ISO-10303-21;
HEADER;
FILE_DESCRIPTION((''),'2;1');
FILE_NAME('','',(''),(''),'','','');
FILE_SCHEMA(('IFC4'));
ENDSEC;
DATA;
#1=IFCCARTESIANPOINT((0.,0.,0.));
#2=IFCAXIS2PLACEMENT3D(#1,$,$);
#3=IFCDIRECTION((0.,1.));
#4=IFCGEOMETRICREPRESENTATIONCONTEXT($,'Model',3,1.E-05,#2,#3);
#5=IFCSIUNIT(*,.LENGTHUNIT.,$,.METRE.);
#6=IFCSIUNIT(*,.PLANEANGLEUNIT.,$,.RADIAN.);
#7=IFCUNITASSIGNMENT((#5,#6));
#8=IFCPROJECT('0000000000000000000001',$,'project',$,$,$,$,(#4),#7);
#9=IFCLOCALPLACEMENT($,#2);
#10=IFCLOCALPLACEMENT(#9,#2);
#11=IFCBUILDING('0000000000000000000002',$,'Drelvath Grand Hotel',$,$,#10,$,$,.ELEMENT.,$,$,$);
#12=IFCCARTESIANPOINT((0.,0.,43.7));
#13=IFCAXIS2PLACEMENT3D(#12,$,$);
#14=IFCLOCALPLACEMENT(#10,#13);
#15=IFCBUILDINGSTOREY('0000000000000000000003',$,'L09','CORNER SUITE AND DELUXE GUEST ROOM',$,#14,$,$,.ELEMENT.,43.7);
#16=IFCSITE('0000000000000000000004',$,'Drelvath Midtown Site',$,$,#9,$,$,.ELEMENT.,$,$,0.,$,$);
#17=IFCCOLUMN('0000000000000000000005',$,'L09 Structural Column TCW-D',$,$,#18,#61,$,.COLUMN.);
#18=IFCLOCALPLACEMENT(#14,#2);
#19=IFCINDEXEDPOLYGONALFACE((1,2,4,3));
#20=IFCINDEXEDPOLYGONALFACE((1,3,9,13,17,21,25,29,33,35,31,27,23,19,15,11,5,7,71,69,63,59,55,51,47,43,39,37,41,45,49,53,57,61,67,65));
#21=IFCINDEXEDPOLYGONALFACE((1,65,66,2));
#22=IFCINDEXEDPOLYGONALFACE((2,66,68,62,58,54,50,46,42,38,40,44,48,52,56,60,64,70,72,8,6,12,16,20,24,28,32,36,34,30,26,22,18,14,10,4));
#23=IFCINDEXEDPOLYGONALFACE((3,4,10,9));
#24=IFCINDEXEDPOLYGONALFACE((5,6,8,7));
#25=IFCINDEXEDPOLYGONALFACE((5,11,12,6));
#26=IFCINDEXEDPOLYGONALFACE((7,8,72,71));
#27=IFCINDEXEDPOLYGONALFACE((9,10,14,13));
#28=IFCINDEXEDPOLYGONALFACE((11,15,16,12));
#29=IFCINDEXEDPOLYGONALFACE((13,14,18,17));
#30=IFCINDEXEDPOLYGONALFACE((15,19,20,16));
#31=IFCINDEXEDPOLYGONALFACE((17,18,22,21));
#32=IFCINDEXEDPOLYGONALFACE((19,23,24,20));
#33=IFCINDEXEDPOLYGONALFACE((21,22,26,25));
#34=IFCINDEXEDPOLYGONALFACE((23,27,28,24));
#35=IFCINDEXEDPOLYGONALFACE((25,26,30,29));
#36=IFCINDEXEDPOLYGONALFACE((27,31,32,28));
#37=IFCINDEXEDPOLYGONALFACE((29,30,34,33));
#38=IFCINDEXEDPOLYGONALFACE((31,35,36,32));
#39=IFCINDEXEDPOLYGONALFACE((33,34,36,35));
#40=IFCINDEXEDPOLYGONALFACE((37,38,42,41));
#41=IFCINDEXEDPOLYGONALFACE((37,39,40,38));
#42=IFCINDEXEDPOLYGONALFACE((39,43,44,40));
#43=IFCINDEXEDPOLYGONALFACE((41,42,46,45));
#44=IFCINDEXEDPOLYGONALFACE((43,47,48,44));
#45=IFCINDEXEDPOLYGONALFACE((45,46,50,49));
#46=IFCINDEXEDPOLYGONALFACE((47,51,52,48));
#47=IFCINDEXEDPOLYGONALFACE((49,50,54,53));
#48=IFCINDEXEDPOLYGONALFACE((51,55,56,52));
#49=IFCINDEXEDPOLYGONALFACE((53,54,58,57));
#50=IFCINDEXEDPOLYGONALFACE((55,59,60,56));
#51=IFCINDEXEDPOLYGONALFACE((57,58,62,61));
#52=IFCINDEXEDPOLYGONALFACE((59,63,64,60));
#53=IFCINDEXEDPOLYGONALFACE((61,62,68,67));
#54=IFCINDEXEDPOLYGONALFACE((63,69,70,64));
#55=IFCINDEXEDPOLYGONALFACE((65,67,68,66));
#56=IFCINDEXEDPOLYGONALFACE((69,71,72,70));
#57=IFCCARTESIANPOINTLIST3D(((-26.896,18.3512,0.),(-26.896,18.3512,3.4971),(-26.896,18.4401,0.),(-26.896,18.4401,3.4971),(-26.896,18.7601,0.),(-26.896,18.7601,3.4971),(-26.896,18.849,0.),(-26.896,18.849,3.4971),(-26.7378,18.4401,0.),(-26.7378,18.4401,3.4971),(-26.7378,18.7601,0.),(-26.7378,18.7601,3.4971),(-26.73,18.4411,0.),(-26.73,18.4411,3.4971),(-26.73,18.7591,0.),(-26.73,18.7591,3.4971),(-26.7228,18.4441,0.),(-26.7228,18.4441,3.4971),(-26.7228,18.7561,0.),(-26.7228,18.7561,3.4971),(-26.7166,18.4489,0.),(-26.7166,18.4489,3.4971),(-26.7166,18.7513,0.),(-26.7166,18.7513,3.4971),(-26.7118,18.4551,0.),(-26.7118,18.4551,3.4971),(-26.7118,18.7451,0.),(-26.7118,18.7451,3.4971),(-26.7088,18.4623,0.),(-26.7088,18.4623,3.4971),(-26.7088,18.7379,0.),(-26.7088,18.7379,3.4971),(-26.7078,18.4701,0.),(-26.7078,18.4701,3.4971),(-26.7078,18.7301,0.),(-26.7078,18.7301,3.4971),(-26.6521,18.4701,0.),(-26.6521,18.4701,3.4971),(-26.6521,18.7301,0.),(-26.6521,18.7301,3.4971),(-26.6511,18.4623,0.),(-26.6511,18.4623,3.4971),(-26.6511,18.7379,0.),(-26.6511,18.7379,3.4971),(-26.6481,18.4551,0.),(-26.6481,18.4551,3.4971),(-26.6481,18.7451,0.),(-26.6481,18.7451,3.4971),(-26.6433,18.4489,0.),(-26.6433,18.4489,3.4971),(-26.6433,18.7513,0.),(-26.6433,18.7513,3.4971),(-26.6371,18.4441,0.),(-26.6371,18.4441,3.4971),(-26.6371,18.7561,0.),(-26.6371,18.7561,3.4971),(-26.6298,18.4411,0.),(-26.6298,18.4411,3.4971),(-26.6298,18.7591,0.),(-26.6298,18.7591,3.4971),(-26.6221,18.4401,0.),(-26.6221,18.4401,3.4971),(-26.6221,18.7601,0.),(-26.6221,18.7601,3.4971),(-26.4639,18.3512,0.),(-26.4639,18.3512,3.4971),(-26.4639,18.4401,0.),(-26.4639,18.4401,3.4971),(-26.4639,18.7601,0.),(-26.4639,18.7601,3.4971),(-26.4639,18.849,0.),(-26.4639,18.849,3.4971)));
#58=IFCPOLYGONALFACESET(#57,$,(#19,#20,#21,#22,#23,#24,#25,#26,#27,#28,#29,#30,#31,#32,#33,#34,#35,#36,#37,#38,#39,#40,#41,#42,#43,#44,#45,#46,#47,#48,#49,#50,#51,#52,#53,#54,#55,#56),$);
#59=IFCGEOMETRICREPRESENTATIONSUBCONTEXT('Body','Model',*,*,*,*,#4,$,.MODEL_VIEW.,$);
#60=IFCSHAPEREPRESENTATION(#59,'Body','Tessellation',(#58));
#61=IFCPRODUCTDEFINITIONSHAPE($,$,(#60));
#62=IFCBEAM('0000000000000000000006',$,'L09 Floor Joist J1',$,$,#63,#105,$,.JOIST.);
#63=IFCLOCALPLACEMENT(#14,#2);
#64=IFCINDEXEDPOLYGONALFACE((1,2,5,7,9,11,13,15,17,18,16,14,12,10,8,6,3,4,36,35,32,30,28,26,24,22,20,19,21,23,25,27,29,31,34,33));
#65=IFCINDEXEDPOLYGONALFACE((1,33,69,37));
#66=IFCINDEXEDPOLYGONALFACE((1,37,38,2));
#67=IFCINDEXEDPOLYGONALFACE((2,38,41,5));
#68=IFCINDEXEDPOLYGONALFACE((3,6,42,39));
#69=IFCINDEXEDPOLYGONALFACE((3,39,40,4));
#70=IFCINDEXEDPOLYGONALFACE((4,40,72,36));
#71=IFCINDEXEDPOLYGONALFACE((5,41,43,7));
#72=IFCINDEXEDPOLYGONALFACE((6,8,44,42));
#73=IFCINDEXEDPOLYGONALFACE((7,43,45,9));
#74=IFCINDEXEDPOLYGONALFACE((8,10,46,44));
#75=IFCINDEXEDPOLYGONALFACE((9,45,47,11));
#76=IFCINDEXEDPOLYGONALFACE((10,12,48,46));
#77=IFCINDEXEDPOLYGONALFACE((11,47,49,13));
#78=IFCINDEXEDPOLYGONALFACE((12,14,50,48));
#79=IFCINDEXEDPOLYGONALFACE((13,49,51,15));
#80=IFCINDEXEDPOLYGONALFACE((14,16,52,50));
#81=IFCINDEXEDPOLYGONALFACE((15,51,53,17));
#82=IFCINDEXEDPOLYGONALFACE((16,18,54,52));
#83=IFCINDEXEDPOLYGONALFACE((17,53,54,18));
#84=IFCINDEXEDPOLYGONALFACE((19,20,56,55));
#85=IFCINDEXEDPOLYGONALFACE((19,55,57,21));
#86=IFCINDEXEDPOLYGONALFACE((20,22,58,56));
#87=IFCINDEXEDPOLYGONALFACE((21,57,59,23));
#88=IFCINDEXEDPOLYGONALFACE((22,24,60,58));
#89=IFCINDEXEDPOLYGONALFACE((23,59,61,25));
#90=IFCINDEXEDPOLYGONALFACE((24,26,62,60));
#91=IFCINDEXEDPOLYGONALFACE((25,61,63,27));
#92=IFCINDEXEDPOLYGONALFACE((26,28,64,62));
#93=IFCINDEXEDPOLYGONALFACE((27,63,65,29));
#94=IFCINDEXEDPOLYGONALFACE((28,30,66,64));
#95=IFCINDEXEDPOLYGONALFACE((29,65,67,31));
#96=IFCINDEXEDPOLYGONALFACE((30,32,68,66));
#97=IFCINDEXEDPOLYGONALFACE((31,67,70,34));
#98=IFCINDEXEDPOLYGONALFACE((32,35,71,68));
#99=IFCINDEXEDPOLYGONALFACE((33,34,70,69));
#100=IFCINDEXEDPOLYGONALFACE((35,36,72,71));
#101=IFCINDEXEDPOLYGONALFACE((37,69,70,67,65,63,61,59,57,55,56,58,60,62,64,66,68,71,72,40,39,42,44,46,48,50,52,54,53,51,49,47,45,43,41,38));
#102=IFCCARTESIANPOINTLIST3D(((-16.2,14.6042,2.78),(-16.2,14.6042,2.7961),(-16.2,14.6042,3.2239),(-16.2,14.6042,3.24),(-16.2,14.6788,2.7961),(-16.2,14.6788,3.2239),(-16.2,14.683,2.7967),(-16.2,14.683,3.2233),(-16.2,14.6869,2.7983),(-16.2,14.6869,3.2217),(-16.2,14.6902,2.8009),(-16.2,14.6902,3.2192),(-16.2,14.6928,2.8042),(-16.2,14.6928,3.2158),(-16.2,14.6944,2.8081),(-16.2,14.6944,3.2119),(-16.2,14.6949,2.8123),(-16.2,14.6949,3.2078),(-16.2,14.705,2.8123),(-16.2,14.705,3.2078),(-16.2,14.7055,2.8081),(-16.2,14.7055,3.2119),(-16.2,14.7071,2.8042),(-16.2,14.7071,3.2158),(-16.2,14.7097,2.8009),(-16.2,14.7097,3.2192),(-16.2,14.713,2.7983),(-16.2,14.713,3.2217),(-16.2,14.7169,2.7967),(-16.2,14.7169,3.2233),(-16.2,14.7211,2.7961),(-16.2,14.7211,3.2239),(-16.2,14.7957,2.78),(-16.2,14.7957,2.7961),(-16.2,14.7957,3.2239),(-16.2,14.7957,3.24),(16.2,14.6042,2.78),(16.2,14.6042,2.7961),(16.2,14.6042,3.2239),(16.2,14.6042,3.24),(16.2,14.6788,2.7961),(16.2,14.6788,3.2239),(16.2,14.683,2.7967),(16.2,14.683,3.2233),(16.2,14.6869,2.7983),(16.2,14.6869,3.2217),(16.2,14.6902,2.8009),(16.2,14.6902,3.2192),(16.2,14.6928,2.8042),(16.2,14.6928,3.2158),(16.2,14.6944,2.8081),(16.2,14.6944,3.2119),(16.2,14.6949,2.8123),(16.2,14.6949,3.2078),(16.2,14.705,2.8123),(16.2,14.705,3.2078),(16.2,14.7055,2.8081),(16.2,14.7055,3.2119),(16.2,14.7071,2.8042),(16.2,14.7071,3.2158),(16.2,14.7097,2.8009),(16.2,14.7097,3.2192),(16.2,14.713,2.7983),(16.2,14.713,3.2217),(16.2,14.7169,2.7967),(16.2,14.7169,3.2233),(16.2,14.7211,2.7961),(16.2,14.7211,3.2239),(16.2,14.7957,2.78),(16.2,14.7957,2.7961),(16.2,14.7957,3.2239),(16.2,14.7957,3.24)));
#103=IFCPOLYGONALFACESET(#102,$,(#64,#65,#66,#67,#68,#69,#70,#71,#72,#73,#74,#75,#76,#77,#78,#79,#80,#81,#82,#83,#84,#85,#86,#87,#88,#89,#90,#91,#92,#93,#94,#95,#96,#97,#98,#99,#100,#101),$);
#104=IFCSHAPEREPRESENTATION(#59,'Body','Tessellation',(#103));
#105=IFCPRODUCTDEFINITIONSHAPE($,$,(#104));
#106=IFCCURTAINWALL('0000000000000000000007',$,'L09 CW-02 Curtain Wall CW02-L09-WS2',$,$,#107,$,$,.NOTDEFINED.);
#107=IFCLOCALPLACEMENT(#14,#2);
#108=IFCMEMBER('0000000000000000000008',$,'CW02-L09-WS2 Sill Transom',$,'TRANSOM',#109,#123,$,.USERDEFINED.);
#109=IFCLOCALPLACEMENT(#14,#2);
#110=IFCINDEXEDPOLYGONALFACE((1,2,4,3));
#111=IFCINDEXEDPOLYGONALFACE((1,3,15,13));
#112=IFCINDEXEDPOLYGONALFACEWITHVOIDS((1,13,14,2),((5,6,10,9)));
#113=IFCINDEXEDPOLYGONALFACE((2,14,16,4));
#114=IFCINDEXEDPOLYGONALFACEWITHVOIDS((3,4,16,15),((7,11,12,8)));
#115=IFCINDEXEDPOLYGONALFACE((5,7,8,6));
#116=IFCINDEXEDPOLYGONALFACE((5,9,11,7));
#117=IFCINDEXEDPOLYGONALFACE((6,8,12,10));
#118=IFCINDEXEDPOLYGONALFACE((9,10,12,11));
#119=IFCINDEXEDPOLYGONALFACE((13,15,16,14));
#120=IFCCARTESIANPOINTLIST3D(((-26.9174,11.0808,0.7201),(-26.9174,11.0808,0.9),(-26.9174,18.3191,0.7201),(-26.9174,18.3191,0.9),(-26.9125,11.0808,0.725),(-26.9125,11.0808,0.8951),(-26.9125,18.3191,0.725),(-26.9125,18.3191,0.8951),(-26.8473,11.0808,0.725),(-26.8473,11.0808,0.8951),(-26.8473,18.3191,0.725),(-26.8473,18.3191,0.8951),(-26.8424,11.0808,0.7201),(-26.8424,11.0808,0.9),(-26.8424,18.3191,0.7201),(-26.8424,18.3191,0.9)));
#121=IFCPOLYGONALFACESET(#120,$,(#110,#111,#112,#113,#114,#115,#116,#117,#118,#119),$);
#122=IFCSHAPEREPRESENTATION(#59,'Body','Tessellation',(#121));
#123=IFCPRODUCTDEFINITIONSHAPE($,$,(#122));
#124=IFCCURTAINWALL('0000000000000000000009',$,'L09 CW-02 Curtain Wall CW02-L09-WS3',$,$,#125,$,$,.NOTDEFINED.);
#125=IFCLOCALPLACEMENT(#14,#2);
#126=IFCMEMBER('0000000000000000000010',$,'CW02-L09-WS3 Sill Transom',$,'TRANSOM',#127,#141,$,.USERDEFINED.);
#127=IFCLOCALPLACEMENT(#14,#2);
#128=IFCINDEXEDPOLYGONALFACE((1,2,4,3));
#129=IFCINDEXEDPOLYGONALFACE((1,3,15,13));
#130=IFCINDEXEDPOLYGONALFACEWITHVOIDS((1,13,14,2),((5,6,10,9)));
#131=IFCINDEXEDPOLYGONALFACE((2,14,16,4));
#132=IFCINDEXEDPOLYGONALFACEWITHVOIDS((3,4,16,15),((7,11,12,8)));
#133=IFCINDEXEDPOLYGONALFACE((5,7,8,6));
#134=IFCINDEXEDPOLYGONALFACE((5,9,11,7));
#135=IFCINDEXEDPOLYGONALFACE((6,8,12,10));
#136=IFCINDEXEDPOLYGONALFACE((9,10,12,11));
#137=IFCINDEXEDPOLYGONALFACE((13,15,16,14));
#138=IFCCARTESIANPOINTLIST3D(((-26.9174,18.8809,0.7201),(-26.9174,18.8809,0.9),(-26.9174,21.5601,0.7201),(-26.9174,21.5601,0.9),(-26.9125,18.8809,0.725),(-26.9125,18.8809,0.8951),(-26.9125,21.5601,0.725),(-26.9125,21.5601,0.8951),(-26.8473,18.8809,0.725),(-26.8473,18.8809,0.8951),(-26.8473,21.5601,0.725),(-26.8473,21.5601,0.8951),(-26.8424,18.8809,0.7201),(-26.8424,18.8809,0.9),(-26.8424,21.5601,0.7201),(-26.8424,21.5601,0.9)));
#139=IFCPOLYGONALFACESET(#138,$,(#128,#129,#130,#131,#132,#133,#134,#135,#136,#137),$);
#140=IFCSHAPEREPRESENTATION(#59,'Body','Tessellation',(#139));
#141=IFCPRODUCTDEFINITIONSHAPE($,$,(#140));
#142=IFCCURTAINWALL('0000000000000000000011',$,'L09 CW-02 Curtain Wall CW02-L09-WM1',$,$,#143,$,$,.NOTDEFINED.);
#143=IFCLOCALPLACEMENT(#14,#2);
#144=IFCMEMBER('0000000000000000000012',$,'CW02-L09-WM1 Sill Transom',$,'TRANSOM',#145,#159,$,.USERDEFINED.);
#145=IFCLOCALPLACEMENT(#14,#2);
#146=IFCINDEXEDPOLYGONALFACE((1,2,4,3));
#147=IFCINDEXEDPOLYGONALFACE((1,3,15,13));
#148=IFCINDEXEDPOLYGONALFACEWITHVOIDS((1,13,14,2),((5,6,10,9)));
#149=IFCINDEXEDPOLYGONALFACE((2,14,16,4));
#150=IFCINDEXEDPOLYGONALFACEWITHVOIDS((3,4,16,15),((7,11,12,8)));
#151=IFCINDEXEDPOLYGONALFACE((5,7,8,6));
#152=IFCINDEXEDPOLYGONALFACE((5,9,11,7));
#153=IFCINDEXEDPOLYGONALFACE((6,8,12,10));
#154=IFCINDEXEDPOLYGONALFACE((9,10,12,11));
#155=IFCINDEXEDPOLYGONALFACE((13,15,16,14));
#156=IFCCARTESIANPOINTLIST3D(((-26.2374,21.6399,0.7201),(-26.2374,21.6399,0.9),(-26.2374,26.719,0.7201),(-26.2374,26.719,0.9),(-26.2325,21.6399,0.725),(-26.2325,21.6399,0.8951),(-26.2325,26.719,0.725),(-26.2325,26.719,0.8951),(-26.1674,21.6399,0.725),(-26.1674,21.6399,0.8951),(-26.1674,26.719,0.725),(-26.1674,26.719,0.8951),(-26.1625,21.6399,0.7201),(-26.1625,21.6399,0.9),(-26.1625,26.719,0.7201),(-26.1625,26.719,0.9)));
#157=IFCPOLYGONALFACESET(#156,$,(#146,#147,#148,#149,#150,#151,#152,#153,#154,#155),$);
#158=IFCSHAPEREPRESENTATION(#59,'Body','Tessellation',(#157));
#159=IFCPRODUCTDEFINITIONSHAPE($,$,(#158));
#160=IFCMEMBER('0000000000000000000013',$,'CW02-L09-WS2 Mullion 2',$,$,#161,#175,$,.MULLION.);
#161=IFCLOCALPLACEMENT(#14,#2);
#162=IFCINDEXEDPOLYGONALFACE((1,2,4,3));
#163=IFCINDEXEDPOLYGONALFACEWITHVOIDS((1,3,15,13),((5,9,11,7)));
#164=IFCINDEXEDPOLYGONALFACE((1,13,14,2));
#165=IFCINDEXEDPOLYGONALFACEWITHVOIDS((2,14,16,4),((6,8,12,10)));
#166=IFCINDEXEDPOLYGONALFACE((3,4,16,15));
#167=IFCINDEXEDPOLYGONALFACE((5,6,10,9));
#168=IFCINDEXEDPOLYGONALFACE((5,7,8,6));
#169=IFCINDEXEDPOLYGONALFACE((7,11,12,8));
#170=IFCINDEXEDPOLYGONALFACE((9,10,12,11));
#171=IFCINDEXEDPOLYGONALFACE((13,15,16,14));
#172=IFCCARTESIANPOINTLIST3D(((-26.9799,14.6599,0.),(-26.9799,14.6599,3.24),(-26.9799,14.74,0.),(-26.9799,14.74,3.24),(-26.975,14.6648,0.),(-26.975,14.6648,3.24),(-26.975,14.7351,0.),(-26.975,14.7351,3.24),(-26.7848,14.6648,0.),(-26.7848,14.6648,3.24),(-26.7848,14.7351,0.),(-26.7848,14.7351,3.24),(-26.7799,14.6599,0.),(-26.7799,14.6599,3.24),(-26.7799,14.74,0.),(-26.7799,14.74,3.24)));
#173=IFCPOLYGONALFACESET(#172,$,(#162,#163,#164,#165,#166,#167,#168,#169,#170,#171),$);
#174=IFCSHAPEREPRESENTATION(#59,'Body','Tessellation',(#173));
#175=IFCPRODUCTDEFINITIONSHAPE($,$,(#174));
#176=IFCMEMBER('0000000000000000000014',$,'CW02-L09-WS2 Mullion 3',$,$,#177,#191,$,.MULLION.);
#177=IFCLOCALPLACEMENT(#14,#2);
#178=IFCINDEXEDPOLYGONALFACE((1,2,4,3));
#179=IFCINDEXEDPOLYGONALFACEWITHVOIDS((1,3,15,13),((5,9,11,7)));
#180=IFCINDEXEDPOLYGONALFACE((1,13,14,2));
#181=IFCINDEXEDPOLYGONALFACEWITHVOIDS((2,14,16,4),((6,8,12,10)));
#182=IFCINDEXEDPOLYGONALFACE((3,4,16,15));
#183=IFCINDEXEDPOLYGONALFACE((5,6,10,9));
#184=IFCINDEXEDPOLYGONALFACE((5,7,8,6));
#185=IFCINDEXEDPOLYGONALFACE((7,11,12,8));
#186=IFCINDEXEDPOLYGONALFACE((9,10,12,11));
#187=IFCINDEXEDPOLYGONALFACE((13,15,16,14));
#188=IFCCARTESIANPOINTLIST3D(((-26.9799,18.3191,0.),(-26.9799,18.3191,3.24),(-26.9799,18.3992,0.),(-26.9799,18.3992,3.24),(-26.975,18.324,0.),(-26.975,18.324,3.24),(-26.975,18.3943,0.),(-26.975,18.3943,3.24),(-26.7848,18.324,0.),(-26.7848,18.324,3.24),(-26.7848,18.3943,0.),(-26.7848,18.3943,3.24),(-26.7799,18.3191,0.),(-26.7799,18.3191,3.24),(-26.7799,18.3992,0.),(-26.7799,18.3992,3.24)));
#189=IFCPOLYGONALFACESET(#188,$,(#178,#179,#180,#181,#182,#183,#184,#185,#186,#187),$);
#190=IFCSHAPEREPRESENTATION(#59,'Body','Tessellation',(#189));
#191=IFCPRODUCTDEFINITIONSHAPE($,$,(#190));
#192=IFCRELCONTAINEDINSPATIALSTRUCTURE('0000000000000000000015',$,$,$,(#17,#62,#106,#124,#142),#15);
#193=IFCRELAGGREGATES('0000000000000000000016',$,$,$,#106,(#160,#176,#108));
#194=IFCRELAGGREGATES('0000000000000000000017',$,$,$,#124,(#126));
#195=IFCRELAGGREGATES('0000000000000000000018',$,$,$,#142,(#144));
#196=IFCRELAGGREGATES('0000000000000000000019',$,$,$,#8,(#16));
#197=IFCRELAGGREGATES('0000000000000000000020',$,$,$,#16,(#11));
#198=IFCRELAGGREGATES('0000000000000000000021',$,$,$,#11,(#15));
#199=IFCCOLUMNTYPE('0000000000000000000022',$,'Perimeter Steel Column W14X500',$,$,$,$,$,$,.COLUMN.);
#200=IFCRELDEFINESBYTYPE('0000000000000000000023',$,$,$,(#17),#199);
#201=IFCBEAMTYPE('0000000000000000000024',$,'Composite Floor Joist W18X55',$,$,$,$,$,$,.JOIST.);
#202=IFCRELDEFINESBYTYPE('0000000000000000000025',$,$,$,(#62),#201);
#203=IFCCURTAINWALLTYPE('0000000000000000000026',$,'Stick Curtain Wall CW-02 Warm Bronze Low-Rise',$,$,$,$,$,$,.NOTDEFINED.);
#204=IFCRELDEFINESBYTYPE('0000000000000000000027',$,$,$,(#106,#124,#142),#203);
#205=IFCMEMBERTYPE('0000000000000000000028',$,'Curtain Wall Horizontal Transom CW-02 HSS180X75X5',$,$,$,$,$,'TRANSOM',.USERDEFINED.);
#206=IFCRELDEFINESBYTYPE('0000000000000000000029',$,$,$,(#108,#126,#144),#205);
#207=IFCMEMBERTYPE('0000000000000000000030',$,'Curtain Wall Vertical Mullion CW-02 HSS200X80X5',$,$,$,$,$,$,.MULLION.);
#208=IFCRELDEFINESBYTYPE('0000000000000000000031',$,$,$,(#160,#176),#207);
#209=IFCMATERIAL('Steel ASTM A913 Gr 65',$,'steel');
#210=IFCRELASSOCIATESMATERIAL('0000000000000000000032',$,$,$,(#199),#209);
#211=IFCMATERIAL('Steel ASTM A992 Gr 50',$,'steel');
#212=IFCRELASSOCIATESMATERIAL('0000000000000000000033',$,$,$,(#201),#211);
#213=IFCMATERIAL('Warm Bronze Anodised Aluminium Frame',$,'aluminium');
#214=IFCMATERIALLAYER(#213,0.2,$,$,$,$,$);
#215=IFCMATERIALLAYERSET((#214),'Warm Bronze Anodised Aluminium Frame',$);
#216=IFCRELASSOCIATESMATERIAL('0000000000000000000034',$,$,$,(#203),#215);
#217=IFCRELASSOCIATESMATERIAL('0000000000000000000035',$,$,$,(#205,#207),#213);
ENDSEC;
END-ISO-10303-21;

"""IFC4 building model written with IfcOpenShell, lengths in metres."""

from ifc_helpers import new_model, si_unit, direction, frame, origin, origin_2d, place, context, subcontext, project, spatial, hollow_rectangle, i_section, extrude, material, layer, layer_set, material_profile, profile_set, type_object, element, aggregate, save


model = new_model("IFC4")

# Units and contexts
model_context = context("Model", 3, precision=1e-05, world=origin(), true_north=direction((0.0, 1.0)))
body_context = subcontext(model_context, "Body", "Model", "MODEL_VIEW")
ifc_project = project(units=[si_unit("LENGTHUNIT", "METRE"), si_unit("PLANEANGLEUNIT", "RADIAN")], contexts=[model_context])

# Site, building, storey
site_placement = place(None, origin())
site = spatial("IfcSite", under=ifc_project, at=site_placement, Name="Drelvath Midtown Site", CompositionType="ELEMENT", RefElevation=0.0)
building_placement = place(site_placement, origin())
building = spatial("IfcBuilding", under=site, at=building_placement, Name="Drelvath Grand Hotel", CompositionType="ELEMENT")
storey_placement = place(building_placement, frame((0.0, 0.0, 43.7)))
storey = spatial("IfcBuildingStorey", under=building, at=storey_placement, Name="L09", Description="CORNER SUITE AND DELUXE GUEST ROOM", CompositionType="ELEMENT", Elevation=43.7)

# Column
ifc_material_1 = material(Name="Steel ASTM A913 Gr 65", Category="steel")
ifc_material_profile_1 = material_profile(ifc_material_1, i_section(OverallWidth=0.4321, OverallDepth=0.4978, WebThickness=0.0557, FlangeThickness=0.0889, FilletRadius=0.03, at=origin_2d()), Name="W14X500")
ifc_profile_set_1 = profile_set([ifc_material_profile_1], Name="Steel ASTM A913 Gr 65")
column_type = type_object("IfcColumnType", Name="Perimeter Steel Column W14X500", PredefinedType="COLUMN", material=ifc_profile_set_1)
column_placement = place(storey_placement, frame((-26.6799, 18.6001, 0.0), z_axis=(0.0, 0.0, 1.0), x_axis=(1.0, 0.0, 0.0)))
element("IfcColumn", 1, at=column_placement, inside=storey, type_object=column_type, Name="L09 Structural Column TCW-D", PredefinedType="COLUMN", context=body_context, shape_type="SweptSolid", body=[
    extrude(i_section(OverallWidth=0.4321, OverallDepth=0.4978, WebThickness=0.0557, FlangeThickness=0.0889, FilletRadius=0.03, at=origin_2d()), origin(), (0.0, 0.0, 1.0), 3.4971),
])

# Beam
ifc_material_2 = material(Name="Steel ASTM A992 Gr 50", Category="steel")
ifc_material_profile_2 = material_profile(ifc_material_2, i_section(OverallWidth=0.1914, OverallDepth=0.46, WebThickness=0.01, FlangeThickness=0.0161, FilletRadius=0.0161, at=origin_2d()), Name="W18X55")
ifc_profile_set_2 = profile_set([ifc_material_profile_2], Name="Steel ASTM A992 Gr 50")
beam_type_1 = type_object("IfcBeamType", Name="Composite Floor Joist W18X55", PredefinedType="JOIST", material=ifc_profile_set_2)
beam_1_placement = place(storey_placement, frame((-16.2, 14.7, 3.01), z_axis=(1.0, 0.0, 0.0), x_axis=(0.0, 1.0, 0.0)))
element("IfcBeam", 2, at=beam_1_placement, inside=storey, type_object=beam_type_1, Name="L09 Floor Joist J1", PredefinedType="JOIST", context=body_context, shape_type="SweptSolid", body=[
    extrude(i_section(OverallWidth=0.1914, OverallDepth=0.46, WebThickness=0.01, FlangeThickness=0.0161, FilletRadius=0.0161, at=origin_2d()), origin(), (0.0, 0.0, 1.0), 32.3999),
])

# Curtain walls, members
ifc_material_3 = material(Name="Warm Bronze Anodised Aluminium Frame", Category="aluminium")
ifc_layer_1 = layer(ifc_material_3, 0.2)
ifc_layer_set_1 = layer_set([ifc_layer_1], Name="Warm Bronze Anodised Aluminium Frame")
curtain_wall_type = type_object("IfcCurtainWallType", Name="Stick Curtain Wall CW-02 Warm Bronze Low-Rise", PredefinedType="NOTDEFINED", material=ifc_layer_set_1)
curtain_wall_1_placement = place(storey_placement, origin())
curtain_wall_1 = element("IfcCurtainWall", 3, at=curtain_wall_1_placement, inside=storey, type_object=curtain_wall_type, Name="L09 CW-02 Curtain Wall CW02-L09-WS2", PredefinedType="NOTDEFINED")
ifc_material_profile_3 = material_profile(ifc_material_3, hollow_rectangle(XDim=0.075, YDim=0.1799, WallThickness=0.0049, at=origin_2d()), Name="HSS180X75X5")
ifc_profile_set_3 = profile_set([ifc_material_profile_3], Name="Warm Bronze Anodised Aluminium Frame")
member_type_1 = type_object("IfcMemberType", Name="Curtain Wall Horizontal Transom CW-02 HSS180X75X5", ElementType="TRANSOM", PredefinedType="USERDEFINED", material=ifc_profile_set_3)
member_1_placement = place(storey_placement, frame((-26.8799, 11.0808, 0.8101), z_axis=(0.0, 1.0, 0.0), x_axis=(-1.0, 0.0, 0.0)))
member_1 = element("IfcMember", 4, at=member_1_placement, type_object=member_type_1, Name="CW02-L09-WS2 Sill Transom", ObjectType="TRANSOM", PredefinedType="USERDEFINED", context=body_context, shape_type="SweptSolid", body=[
    extrude(hollow_rectangle(XDim=0.075, YDim=0.1799, WallThickness=0.0049, at=origin_2d()), origin(), (0.0, 0.0, 1.0), 7.2383),
])
curtain_wall_2_placement = place(storey_placement, origin())
curtain_wall_2 = element("IfcCurtainWall", 5, at=curtain_wall_2_placement, inside=storey, type_object=curtain_wall_type, Name="L09 CW-02 Curtain Wall CW02-L09-WS3", PredefinedType="NOTDEFINED")
member_2_placement = place(storey_placement, frame((-26.8799, 18.8809, 0.8101), z_axis=(0.0, 1.0, 0.0), x_axis=(-1.0, 0.0, 0.0)))
member_2 = element("IfcMember", 6, at=member_2_placement, type_object=member_type_1, Name="CW02-L09-WS3 Sill Transom", ObjectType="TRANSOM", PredefinedType="USERDEFINED", context=body_context, shape_type="SweptSolid", body=[
    extrude(hollow_rectangle(XDim=0.075, YDim=0.1799, WallThickness=0.0049, at=origin_2d()), origin(), (0.0, 0.0, 1.0), 2.6792),
])
curtain_wall_3_placement = place(storey_placement, origin())
curtain_wall_3 = element("IfcCurtainWall", 7, at=curtain_wall_3_placement, inside=storey, type_object=curtain_wall_type, Name="L09 CW-02 Curtain Wall CW02-L09-WM1", PredefinedType="NOTDEFINED")
member_3_placement = place(storey_placement, frame((-26.2, 21.6399, 0.8101), z_axis=(0.0, 1.0, 0.0), x_axis=(-1.0, 0.0, 0.0)))
member_3 = element("IfcMember", 8, at=member_3_placement, type_object=member_type_1, Name="CW02-L09-WM1 Sill Transom", ObjectType="TRANSOM", PredefinedType="USERDEFINED", context=body_context, shape_type="SweptSolid", body=[
    extrude(hollow_rectangle(XDim=0.075, YDim=0.1799, WallThickness=0.0049, at=origin_2d()), origin(), (0.0, 0.0, 1.0), 5.0791),
])

# Members
ifc_material_profile_4 = material_profile(ifc_material_3, hollow_rectangle(XDim=0.0801, YDim=0.2, WallThickness=0.0049, at=origin_2d()), Name="HSS200X80X5")
ifc_profile_set_4 = profile_set([ifc_material_profile_4], Name="Warm Bronze Anodised Aluminium Frame")
member_type_2 = type_object("IfcMemberType", Name="Curtain Wall Vertical Mullion CW-02 HSS200X80X5", PredefinedType="MULLION", material=ifc_profile_set_4)
member_4_placement = place(storey_placement, frame((-26.8799, 14.7, 0.0), z_axis=(0.0, 0.0, 1.0), x_axis=(0.0, 1.0, 0.0)))
member_4 = element("IfcMember", 9, at=member_4_placement, type_object=member_type_2, Name="CW02-L09-WS2 Mullion 2", PredefinedType="MULLION", context=body_context, shape_type="SweptSolid", body=[
    extrude(hollow_rectangle(XDim=0.0801, YDim=0.2, WallThickness=0.0049, at=origin_2d()), origin(), (0.0, 0.0, 1.0), 3.24),
])
member_5_placement = place(storey_placement, frame((-26.8799, 18.3591, 0.0), z_axis=(0.0, 0.0, 1.0), x_axis=(0.0, 1.0, 0.0)))
member_5 = element("IfcMember", 10, at=member_5_placement, type_object=member_type_2, Name="CW02-L09-WS2 Mullion 3", PredefinedType="MULLION", context=body_context, shape_type="SweptSolid", body=[
    extrude(hollow_rectangle(XDim=0.0801, YDim=0.2, WallThickness=0.0049, at=origin_2d()), origin(), (0.0, 0.0, 1.0), 3.24),
])

aggregate(curtain_wall_1, [member_4, member_5, member_1])
aggregate(curtain_wall_2, [member_2])
aggregate(curtain_wall_3, [member_3])

save(model, "model.ifc")
